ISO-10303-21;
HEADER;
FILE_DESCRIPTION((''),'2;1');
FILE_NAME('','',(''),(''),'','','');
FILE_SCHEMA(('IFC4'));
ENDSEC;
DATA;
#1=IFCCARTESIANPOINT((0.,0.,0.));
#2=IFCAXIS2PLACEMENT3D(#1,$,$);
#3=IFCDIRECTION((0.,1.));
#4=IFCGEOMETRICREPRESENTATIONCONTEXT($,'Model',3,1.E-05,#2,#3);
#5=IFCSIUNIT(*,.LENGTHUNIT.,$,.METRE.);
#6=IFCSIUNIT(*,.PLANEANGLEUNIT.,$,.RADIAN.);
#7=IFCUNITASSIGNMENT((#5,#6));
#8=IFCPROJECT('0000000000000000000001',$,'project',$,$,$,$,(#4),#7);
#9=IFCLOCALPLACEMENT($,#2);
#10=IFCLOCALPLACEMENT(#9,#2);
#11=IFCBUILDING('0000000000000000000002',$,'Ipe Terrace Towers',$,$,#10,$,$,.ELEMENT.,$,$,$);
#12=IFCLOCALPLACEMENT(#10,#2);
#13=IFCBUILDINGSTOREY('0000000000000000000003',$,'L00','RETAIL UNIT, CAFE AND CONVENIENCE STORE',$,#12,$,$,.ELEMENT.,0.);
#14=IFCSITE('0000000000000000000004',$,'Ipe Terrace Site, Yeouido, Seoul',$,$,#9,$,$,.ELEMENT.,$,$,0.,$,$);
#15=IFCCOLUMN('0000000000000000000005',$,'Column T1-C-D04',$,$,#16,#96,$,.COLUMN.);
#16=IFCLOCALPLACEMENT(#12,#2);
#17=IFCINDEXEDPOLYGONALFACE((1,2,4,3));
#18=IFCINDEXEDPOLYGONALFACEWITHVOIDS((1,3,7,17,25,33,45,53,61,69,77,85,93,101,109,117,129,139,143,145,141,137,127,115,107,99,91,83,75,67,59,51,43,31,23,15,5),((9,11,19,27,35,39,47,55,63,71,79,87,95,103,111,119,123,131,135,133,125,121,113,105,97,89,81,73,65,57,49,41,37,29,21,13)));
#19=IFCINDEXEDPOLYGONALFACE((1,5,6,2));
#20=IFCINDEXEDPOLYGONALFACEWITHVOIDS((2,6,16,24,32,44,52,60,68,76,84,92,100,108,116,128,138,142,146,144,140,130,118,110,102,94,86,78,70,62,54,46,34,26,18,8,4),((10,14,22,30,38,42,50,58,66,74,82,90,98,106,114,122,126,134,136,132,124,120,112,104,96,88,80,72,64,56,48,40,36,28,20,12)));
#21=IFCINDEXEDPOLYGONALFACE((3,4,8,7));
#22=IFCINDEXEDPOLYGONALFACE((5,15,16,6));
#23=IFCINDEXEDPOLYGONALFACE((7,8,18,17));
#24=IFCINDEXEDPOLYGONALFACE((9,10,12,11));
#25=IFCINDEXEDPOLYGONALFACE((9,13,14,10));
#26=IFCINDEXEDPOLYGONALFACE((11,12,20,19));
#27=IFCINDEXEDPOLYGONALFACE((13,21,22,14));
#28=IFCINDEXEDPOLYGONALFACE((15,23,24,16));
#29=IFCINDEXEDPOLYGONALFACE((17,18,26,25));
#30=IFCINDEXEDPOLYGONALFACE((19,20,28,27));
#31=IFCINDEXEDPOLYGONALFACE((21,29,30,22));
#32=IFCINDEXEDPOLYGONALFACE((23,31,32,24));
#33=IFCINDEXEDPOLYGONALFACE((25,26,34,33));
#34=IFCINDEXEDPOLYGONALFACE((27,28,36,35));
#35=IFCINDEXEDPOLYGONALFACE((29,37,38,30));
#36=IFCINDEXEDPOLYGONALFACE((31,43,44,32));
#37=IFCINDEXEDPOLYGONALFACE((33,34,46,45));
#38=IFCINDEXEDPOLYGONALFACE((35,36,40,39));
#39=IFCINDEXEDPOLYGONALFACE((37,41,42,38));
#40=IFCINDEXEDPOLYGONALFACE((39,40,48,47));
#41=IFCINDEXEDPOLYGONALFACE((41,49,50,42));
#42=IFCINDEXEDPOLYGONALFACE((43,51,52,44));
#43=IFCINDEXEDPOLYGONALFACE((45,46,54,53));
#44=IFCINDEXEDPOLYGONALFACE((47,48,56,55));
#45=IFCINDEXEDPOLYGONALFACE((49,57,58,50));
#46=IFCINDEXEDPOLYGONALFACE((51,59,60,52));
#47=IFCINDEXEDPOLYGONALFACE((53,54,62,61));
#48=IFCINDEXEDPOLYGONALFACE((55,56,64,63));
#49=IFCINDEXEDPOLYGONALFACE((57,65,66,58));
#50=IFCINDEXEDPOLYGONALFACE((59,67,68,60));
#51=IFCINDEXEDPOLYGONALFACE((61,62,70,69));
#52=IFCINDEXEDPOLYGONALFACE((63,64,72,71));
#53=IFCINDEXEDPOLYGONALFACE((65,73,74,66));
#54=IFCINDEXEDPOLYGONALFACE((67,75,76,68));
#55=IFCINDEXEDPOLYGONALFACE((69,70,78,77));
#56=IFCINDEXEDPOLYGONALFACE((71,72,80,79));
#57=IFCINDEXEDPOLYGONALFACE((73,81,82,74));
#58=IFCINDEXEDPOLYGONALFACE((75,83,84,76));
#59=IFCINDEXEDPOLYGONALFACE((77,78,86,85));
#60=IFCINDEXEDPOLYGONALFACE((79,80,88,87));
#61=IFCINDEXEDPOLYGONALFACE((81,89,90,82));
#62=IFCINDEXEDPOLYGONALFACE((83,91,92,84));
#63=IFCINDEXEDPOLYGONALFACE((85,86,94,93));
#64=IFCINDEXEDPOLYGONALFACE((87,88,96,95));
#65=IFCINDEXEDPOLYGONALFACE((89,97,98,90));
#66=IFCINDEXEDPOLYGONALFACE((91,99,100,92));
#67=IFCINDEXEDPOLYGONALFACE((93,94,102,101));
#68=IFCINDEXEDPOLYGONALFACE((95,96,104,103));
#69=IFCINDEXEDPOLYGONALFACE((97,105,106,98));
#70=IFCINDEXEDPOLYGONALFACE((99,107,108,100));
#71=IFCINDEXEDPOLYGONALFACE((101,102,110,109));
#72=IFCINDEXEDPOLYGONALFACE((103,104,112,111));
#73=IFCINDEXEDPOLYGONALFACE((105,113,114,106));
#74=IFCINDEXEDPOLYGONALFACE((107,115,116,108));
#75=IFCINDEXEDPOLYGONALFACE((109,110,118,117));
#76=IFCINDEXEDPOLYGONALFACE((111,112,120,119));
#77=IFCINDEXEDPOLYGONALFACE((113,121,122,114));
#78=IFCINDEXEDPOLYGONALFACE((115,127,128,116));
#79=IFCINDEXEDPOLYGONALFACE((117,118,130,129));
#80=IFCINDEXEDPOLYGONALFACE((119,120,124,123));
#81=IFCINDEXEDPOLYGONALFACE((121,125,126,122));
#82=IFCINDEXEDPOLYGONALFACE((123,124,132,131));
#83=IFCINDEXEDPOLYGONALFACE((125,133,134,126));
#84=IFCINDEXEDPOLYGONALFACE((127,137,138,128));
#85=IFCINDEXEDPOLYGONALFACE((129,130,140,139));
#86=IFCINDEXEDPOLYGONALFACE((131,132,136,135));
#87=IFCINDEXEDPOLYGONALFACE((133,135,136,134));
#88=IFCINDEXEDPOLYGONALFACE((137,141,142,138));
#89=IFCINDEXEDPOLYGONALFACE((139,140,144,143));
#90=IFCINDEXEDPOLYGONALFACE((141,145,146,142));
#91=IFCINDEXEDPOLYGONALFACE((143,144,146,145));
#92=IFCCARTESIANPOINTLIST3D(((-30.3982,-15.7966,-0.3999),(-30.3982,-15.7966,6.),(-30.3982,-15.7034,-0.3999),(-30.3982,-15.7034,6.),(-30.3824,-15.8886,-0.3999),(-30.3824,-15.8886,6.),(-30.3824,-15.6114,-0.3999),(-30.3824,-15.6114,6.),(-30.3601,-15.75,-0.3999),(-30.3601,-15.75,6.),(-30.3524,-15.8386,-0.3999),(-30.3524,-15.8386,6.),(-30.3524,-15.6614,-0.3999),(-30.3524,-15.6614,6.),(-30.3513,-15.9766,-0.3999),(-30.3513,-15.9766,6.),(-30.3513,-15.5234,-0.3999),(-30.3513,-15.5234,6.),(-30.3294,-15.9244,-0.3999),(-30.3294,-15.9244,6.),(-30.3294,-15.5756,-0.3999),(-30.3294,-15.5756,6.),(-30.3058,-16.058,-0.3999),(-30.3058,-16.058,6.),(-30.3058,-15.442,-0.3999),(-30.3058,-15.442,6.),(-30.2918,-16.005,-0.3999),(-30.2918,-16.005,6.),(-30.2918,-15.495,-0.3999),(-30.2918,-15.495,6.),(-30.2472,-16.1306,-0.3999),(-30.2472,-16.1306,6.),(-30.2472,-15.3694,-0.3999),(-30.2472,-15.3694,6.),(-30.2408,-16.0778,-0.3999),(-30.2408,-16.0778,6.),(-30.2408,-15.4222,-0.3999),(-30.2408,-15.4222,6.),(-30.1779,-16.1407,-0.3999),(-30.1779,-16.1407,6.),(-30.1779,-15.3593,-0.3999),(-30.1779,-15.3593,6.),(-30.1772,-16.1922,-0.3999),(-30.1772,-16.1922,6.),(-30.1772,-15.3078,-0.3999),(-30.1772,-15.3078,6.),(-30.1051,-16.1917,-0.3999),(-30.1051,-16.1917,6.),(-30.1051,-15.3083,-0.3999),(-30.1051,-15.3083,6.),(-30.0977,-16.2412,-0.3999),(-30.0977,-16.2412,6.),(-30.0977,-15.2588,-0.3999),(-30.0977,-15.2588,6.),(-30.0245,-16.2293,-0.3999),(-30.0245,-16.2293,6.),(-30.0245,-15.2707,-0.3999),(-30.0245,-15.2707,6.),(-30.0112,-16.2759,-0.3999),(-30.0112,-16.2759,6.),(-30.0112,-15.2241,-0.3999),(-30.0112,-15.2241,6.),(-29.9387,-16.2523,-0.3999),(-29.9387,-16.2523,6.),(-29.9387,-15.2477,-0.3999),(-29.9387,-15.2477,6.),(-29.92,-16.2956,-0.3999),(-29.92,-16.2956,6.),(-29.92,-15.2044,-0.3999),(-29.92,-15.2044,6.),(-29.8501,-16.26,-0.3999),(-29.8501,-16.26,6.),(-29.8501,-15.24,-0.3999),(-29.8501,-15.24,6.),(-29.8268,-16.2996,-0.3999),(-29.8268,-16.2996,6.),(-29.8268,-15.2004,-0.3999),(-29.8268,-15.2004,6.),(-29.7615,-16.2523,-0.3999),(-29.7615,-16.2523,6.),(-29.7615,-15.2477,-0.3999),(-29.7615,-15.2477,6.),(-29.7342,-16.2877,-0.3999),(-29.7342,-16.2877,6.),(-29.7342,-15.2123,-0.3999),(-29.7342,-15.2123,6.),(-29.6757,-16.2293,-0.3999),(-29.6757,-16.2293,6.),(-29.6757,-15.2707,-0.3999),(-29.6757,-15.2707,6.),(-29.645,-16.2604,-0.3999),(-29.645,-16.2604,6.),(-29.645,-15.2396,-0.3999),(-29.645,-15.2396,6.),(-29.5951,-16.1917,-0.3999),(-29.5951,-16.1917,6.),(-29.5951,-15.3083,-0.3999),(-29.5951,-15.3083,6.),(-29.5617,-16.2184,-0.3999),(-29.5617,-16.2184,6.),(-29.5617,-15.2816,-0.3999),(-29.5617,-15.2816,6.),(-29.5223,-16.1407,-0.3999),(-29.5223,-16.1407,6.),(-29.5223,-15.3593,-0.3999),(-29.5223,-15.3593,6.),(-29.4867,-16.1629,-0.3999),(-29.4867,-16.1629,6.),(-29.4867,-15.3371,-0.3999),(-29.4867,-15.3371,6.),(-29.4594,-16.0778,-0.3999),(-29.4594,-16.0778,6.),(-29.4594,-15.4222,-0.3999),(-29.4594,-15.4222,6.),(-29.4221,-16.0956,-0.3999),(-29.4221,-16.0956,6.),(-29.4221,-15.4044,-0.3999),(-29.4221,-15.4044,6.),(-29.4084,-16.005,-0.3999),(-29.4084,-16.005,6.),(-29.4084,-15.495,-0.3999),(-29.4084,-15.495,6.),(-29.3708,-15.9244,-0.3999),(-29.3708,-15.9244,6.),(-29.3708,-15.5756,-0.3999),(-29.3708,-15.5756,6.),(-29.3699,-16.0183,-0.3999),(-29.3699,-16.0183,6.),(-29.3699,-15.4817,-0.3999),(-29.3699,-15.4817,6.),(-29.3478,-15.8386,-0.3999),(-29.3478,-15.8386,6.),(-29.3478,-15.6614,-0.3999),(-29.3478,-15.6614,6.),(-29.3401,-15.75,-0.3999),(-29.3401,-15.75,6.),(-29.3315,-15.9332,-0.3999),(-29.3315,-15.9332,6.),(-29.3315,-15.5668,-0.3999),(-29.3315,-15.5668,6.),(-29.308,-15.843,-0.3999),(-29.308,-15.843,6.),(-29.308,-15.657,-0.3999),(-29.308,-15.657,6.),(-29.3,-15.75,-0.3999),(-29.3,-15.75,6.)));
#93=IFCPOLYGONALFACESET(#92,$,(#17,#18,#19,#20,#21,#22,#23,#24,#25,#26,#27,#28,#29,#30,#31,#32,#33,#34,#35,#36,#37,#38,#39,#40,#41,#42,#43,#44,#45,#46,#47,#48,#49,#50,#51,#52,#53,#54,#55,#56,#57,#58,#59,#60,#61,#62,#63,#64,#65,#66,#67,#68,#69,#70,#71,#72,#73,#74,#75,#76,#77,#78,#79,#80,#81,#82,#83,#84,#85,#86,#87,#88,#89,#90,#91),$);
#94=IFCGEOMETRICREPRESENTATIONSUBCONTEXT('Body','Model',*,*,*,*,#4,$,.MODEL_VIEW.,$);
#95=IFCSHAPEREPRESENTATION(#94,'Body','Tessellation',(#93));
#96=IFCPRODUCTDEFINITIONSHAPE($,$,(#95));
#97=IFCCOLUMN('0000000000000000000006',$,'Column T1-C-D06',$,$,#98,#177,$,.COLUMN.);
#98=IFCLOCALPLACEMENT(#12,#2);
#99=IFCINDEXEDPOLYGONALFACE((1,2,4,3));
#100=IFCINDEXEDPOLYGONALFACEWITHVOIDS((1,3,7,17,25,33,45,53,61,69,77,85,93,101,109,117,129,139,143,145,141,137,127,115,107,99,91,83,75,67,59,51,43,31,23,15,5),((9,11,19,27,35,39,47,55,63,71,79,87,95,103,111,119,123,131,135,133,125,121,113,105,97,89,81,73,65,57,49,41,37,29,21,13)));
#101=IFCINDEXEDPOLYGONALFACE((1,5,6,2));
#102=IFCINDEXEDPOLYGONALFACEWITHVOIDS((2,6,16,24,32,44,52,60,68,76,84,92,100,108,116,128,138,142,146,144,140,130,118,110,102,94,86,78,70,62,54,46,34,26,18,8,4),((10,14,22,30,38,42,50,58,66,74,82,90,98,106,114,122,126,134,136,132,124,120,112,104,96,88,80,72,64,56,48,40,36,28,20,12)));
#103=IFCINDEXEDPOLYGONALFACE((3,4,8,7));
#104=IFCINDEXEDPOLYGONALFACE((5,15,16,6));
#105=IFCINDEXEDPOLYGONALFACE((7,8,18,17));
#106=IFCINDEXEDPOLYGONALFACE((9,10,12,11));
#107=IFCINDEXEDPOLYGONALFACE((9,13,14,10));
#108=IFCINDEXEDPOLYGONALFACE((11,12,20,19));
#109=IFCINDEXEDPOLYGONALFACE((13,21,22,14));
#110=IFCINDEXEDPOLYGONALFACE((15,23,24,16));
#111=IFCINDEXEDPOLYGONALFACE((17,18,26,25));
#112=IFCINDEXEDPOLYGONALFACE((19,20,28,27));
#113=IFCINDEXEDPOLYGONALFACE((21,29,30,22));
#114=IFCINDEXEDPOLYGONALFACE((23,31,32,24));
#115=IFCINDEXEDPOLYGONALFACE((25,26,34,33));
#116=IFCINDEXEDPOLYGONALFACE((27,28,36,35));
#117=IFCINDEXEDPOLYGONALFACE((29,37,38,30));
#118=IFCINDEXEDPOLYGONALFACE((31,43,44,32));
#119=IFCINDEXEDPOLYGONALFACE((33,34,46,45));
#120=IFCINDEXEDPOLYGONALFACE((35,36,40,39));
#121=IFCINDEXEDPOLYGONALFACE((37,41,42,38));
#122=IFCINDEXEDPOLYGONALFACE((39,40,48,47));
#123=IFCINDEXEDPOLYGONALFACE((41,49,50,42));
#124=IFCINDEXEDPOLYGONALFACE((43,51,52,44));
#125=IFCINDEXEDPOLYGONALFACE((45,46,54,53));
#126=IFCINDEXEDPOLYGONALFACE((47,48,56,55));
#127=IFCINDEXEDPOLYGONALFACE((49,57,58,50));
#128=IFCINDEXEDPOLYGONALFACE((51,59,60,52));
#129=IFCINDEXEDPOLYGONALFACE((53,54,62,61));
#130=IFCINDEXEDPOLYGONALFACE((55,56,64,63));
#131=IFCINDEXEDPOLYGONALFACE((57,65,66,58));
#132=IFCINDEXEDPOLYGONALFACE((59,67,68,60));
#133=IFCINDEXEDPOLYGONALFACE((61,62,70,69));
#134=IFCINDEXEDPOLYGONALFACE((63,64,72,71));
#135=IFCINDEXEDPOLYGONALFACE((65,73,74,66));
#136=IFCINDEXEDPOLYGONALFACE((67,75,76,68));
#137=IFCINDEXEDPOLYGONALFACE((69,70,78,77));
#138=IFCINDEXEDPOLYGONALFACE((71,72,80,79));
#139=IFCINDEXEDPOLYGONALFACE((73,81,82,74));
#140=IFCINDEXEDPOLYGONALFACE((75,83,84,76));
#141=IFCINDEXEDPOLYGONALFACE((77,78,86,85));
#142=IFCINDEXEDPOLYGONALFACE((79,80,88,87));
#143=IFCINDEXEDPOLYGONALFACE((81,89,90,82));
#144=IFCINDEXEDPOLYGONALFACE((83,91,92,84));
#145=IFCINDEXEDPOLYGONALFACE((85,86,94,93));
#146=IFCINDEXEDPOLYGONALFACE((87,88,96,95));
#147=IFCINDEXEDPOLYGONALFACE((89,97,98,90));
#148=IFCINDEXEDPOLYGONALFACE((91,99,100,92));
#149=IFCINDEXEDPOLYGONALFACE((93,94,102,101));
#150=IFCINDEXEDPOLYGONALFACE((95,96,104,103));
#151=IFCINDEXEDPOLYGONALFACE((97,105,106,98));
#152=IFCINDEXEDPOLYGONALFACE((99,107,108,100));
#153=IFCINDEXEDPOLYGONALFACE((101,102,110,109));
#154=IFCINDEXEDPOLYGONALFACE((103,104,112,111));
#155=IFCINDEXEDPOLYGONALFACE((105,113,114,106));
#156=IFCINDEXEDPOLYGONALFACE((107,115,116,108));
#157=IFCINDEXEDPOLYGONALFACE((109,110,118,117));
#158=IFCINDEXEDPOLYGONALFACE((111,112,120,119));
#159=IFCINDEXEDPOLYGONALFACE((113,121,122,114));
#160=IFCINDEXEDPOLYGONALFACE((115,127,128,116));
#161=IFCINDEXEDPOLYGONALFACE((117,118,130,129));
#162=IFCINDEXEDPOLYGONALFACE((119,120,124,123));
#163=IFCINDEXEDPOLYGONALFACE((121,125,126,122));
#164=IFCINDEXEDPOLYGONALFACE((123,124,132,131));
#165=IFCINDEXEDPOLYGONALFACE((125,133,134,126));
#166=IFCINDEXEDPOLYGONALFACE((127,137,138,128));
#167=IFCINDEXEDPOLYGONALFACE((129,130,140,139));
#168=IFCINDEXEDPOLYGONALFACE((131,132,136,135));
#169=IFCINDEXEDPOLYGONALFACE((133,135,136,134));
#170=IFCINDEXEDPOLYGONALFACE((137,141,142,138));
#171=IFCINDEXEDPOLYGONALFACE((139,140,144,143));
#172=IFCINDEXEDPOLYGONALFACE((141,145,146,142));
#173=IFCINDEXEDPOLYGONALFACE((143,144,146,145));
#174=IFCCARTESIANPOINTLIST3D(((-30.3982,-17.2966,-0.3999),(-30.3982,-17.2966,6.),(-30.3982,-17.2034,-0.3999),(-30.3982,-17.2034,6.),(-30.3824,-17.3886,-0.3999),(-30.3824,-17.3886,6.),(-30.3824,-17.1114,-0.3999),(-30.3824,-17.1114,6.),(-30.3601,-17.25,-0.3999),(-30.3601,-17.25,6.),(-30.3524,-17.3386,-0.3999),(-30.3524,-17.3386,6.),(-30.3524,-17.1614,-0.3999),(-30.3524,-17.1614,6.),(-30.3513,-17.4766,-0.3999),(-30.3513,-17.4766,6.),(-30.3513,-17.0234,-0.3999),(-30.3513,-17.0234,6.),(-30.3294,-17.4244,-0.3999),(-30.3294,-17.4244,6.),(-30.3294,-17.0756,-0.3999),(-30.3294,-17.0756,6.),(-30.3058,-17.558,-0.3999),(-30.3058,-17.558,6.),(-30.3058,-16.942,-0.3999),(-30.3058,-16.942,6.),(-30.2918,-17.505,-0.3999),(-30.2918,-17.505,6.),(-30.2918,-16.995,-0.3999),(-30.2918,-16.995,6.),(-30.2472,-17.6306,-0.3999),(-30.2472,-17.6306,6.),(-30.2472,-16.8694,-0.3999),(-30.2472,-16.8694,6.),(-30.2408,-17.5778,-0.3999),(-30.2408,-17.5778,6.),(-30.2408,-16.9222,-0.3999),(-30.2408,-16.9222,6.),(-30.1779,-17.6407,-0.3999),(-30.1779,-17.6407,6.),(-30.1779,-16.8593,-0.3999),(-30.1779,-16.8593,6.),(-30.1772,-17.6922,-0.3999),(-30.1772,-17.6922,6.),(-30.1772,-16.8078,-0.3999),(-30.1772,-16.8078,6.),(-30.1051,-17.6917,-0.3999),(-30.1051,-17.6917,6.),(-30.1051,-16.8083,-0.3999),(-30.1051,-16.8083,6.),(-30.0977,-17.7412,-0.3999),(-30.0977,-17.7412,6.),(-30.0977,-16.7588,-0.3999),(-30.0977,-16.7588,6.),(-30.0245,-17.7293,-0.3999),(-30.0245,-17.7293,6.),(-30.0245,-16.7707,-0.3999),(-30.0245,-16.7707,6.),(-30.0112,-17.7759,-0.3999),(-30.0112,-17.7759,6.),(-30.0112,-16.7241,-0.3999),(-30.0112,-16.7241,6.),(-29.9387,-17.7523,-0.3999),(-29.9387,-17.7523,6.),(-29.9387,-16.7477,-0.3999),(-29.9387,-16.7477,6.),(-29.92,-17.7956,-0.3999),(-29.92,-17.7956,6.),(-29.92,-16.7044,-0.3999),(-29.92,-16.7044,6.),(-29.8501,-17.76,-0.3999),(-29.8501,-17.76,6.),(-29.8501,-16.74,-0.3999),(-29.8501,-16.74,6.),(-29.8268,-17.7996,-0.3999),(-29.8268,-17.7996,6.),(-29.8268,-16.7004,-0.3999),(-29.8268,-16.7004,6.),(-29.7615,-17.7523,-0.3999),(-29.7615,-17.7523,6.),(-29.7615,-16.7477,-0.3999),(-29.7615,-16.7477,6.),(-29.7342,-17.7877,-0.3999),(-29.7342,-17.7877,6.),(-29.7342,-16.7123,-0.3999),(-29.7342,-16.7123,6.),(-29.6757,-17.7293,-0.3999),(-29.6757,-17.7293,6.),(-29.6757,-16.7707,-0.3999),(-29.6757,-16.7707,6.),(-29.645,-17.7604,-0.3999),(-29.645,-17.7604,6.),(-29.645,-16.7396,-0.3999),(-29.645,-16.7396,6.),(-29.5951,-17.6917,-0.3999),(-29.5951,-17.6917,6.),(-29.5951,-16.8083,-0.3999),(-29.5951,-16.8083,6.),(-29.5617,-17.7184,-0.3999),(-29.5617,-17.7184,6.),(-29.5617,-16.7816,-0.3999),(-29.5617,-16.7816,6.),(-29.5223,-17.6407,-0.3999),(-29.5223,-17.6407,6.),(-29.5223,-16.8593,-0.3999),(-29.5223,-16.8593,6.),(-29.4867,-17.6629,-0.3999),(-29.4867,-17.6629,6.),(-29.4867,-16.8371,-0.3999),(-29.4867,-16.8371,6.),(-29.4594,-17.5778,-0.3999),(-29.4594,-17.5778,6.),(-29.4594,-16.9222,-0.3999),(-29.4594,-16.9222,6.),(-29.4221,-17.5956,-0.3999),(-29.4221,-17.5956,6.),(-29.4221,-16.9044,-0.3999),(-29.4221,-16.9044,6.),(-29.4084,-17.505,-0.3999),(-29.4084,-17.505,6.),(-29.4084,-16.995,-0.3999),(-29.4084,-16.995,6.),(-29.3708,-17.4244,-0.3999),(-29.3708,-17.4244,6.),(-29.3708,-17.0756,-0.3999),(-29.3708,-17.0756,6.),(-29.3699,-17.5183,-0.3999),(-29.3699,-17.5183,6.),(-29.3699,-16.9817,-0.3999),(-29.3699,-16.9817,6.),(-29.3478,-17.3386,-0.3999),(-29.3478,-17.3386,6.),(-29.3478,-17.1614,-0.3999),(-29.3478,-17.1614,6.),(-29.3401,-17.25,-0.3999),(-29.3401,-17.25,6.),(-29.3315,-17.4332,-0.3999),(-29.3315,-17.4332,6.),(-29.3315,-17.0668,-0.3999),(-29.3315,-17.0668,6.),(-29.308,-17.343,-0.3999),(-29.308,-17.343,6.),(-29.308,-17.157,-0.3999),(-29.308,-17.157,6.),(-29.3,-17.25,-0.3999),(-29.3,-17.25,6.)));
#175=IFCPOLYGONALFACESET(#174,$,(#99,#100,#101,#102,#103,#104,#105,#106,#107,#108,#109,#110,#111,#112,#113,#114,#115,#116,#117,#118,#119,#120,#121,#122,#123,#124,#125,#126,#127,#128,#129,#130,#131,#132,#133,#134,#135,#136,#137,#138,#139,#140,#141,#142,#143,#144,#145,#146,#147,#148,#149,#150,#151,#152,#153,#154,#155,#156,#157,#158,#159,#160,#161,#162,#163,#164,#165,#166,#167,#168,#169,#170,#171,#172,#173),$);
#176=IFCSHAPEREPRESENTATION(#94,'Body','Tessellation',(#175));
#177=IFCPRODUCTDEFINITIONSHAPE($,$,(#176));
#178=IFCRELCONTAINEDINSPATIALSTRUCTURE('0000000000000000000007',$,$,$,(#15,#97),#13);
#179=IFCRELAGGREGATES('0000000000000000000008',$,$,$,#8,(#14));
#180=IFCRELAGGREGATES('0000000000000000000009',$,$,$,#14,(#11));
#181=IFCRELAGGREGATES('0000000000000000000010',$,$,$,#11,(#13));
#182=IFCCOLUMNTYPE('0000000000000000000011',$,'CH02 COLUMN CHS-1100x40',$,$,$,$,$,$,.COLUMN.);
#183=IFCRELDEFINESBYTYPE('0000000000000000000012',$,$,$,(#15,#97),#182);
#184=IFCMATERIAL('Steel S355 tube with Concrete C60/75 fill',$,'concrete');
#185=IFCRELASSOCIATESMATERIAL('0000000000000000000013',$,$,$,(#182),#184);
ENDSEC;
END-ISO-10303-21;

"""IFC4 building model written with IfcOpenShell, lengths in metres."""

from ifc_helpers import new_model, si_unit, direction, frame, origin, origin_2d, place, context, subcontext, project, spatial, hollow_circle, extrude, material, material_profile, profile_set, type_object, element, save


model = new_model("IFC4")

# Units and contexts
model_context = context("Model", 3, precision=1e-05, world=origin(), true_north=direction((0.0, 1.0)))
body_context = subcontext(model_context, "Body", "Model", "MODEL_VIEW")
ifc_project = project(units=[si_unit("LENGTHUNIT", "METRE"), si_unit("PLANEANGLEUNIT", "RADIAN")], contexts=[model_context])

# Site, building, storey
site_placement = place(None, origin())
site = spatial("IfcSite", under=ifc_project, at=site_placement, Name="Ipe Terrace Site, Yeouido, Seoul", CompositionType="ELEMENT", RefElevation=0.0)
building_placement = place(site_placement, origin())
building = spatial("IfcBuilding", under=site, at=building_placement, Name="Ipe Terrace Towers", CompositionType="ELEMENT")
storey_placement = place(building_placement, origin())
storey = spatial("IfcBuildingStorey", under=building, at=storey_placement, Name="L00", Description="RETAIL UNIT, CAFE AND CONVENIENCE STORE", CompositionType="ELEMENT", Elevation=0.0)

# Columns
ifc_material_1 = material(Name="Steel S355 tube with Concrete C60/75 fill", Category="concrete")
ifc_material_profile_1 = material_profile(ifc_material_1, hollow_circle(Radius=0.55, WallThickness=0.04, at=origin_2d()), Name="CHS-1100x40")
ifc_profile_set_1 = profile_set([ifc_material_profile_1], Name="Steel S355 tube with Concrete C60/75 fill")
column_type_1 = type_object("IfcColumnType", Name="CH02 COLUMN CHS-1100x40", PredefinedType="COLUMN", material=ifc_profile_set_1)
for number, where, z_axis, x_axis, name in (
    (1, (-29.8501, -15.75, -0.3999), (0.0, 0.0, 1.0), (1.0, 0.0, 0.0), "Column T1-C-D04"),
    (2, (-29.8501, -17.25, -0.3999), (0.0, 0.0, 1.0), (1.0, 0.0, 0.0), "Column T1-C-D06"),
):
    element("IfcColumn", number, at=place(storey_placement, frame(where, z_axis=z_axis, x_axis=x_axis)), inside=storey, type_object=column_type_1, Name=name, PredefinedType="COLUMN", context=body_context, shape_type="SweptSolid", body=[
        extrude(hollow_circle(Radius=0.55, WallThickness=0.04, at=origin_2d()), origin(), (0.0, 0.0, 1.0), 6.3999),
    ])

save(model, "model.ifc")
